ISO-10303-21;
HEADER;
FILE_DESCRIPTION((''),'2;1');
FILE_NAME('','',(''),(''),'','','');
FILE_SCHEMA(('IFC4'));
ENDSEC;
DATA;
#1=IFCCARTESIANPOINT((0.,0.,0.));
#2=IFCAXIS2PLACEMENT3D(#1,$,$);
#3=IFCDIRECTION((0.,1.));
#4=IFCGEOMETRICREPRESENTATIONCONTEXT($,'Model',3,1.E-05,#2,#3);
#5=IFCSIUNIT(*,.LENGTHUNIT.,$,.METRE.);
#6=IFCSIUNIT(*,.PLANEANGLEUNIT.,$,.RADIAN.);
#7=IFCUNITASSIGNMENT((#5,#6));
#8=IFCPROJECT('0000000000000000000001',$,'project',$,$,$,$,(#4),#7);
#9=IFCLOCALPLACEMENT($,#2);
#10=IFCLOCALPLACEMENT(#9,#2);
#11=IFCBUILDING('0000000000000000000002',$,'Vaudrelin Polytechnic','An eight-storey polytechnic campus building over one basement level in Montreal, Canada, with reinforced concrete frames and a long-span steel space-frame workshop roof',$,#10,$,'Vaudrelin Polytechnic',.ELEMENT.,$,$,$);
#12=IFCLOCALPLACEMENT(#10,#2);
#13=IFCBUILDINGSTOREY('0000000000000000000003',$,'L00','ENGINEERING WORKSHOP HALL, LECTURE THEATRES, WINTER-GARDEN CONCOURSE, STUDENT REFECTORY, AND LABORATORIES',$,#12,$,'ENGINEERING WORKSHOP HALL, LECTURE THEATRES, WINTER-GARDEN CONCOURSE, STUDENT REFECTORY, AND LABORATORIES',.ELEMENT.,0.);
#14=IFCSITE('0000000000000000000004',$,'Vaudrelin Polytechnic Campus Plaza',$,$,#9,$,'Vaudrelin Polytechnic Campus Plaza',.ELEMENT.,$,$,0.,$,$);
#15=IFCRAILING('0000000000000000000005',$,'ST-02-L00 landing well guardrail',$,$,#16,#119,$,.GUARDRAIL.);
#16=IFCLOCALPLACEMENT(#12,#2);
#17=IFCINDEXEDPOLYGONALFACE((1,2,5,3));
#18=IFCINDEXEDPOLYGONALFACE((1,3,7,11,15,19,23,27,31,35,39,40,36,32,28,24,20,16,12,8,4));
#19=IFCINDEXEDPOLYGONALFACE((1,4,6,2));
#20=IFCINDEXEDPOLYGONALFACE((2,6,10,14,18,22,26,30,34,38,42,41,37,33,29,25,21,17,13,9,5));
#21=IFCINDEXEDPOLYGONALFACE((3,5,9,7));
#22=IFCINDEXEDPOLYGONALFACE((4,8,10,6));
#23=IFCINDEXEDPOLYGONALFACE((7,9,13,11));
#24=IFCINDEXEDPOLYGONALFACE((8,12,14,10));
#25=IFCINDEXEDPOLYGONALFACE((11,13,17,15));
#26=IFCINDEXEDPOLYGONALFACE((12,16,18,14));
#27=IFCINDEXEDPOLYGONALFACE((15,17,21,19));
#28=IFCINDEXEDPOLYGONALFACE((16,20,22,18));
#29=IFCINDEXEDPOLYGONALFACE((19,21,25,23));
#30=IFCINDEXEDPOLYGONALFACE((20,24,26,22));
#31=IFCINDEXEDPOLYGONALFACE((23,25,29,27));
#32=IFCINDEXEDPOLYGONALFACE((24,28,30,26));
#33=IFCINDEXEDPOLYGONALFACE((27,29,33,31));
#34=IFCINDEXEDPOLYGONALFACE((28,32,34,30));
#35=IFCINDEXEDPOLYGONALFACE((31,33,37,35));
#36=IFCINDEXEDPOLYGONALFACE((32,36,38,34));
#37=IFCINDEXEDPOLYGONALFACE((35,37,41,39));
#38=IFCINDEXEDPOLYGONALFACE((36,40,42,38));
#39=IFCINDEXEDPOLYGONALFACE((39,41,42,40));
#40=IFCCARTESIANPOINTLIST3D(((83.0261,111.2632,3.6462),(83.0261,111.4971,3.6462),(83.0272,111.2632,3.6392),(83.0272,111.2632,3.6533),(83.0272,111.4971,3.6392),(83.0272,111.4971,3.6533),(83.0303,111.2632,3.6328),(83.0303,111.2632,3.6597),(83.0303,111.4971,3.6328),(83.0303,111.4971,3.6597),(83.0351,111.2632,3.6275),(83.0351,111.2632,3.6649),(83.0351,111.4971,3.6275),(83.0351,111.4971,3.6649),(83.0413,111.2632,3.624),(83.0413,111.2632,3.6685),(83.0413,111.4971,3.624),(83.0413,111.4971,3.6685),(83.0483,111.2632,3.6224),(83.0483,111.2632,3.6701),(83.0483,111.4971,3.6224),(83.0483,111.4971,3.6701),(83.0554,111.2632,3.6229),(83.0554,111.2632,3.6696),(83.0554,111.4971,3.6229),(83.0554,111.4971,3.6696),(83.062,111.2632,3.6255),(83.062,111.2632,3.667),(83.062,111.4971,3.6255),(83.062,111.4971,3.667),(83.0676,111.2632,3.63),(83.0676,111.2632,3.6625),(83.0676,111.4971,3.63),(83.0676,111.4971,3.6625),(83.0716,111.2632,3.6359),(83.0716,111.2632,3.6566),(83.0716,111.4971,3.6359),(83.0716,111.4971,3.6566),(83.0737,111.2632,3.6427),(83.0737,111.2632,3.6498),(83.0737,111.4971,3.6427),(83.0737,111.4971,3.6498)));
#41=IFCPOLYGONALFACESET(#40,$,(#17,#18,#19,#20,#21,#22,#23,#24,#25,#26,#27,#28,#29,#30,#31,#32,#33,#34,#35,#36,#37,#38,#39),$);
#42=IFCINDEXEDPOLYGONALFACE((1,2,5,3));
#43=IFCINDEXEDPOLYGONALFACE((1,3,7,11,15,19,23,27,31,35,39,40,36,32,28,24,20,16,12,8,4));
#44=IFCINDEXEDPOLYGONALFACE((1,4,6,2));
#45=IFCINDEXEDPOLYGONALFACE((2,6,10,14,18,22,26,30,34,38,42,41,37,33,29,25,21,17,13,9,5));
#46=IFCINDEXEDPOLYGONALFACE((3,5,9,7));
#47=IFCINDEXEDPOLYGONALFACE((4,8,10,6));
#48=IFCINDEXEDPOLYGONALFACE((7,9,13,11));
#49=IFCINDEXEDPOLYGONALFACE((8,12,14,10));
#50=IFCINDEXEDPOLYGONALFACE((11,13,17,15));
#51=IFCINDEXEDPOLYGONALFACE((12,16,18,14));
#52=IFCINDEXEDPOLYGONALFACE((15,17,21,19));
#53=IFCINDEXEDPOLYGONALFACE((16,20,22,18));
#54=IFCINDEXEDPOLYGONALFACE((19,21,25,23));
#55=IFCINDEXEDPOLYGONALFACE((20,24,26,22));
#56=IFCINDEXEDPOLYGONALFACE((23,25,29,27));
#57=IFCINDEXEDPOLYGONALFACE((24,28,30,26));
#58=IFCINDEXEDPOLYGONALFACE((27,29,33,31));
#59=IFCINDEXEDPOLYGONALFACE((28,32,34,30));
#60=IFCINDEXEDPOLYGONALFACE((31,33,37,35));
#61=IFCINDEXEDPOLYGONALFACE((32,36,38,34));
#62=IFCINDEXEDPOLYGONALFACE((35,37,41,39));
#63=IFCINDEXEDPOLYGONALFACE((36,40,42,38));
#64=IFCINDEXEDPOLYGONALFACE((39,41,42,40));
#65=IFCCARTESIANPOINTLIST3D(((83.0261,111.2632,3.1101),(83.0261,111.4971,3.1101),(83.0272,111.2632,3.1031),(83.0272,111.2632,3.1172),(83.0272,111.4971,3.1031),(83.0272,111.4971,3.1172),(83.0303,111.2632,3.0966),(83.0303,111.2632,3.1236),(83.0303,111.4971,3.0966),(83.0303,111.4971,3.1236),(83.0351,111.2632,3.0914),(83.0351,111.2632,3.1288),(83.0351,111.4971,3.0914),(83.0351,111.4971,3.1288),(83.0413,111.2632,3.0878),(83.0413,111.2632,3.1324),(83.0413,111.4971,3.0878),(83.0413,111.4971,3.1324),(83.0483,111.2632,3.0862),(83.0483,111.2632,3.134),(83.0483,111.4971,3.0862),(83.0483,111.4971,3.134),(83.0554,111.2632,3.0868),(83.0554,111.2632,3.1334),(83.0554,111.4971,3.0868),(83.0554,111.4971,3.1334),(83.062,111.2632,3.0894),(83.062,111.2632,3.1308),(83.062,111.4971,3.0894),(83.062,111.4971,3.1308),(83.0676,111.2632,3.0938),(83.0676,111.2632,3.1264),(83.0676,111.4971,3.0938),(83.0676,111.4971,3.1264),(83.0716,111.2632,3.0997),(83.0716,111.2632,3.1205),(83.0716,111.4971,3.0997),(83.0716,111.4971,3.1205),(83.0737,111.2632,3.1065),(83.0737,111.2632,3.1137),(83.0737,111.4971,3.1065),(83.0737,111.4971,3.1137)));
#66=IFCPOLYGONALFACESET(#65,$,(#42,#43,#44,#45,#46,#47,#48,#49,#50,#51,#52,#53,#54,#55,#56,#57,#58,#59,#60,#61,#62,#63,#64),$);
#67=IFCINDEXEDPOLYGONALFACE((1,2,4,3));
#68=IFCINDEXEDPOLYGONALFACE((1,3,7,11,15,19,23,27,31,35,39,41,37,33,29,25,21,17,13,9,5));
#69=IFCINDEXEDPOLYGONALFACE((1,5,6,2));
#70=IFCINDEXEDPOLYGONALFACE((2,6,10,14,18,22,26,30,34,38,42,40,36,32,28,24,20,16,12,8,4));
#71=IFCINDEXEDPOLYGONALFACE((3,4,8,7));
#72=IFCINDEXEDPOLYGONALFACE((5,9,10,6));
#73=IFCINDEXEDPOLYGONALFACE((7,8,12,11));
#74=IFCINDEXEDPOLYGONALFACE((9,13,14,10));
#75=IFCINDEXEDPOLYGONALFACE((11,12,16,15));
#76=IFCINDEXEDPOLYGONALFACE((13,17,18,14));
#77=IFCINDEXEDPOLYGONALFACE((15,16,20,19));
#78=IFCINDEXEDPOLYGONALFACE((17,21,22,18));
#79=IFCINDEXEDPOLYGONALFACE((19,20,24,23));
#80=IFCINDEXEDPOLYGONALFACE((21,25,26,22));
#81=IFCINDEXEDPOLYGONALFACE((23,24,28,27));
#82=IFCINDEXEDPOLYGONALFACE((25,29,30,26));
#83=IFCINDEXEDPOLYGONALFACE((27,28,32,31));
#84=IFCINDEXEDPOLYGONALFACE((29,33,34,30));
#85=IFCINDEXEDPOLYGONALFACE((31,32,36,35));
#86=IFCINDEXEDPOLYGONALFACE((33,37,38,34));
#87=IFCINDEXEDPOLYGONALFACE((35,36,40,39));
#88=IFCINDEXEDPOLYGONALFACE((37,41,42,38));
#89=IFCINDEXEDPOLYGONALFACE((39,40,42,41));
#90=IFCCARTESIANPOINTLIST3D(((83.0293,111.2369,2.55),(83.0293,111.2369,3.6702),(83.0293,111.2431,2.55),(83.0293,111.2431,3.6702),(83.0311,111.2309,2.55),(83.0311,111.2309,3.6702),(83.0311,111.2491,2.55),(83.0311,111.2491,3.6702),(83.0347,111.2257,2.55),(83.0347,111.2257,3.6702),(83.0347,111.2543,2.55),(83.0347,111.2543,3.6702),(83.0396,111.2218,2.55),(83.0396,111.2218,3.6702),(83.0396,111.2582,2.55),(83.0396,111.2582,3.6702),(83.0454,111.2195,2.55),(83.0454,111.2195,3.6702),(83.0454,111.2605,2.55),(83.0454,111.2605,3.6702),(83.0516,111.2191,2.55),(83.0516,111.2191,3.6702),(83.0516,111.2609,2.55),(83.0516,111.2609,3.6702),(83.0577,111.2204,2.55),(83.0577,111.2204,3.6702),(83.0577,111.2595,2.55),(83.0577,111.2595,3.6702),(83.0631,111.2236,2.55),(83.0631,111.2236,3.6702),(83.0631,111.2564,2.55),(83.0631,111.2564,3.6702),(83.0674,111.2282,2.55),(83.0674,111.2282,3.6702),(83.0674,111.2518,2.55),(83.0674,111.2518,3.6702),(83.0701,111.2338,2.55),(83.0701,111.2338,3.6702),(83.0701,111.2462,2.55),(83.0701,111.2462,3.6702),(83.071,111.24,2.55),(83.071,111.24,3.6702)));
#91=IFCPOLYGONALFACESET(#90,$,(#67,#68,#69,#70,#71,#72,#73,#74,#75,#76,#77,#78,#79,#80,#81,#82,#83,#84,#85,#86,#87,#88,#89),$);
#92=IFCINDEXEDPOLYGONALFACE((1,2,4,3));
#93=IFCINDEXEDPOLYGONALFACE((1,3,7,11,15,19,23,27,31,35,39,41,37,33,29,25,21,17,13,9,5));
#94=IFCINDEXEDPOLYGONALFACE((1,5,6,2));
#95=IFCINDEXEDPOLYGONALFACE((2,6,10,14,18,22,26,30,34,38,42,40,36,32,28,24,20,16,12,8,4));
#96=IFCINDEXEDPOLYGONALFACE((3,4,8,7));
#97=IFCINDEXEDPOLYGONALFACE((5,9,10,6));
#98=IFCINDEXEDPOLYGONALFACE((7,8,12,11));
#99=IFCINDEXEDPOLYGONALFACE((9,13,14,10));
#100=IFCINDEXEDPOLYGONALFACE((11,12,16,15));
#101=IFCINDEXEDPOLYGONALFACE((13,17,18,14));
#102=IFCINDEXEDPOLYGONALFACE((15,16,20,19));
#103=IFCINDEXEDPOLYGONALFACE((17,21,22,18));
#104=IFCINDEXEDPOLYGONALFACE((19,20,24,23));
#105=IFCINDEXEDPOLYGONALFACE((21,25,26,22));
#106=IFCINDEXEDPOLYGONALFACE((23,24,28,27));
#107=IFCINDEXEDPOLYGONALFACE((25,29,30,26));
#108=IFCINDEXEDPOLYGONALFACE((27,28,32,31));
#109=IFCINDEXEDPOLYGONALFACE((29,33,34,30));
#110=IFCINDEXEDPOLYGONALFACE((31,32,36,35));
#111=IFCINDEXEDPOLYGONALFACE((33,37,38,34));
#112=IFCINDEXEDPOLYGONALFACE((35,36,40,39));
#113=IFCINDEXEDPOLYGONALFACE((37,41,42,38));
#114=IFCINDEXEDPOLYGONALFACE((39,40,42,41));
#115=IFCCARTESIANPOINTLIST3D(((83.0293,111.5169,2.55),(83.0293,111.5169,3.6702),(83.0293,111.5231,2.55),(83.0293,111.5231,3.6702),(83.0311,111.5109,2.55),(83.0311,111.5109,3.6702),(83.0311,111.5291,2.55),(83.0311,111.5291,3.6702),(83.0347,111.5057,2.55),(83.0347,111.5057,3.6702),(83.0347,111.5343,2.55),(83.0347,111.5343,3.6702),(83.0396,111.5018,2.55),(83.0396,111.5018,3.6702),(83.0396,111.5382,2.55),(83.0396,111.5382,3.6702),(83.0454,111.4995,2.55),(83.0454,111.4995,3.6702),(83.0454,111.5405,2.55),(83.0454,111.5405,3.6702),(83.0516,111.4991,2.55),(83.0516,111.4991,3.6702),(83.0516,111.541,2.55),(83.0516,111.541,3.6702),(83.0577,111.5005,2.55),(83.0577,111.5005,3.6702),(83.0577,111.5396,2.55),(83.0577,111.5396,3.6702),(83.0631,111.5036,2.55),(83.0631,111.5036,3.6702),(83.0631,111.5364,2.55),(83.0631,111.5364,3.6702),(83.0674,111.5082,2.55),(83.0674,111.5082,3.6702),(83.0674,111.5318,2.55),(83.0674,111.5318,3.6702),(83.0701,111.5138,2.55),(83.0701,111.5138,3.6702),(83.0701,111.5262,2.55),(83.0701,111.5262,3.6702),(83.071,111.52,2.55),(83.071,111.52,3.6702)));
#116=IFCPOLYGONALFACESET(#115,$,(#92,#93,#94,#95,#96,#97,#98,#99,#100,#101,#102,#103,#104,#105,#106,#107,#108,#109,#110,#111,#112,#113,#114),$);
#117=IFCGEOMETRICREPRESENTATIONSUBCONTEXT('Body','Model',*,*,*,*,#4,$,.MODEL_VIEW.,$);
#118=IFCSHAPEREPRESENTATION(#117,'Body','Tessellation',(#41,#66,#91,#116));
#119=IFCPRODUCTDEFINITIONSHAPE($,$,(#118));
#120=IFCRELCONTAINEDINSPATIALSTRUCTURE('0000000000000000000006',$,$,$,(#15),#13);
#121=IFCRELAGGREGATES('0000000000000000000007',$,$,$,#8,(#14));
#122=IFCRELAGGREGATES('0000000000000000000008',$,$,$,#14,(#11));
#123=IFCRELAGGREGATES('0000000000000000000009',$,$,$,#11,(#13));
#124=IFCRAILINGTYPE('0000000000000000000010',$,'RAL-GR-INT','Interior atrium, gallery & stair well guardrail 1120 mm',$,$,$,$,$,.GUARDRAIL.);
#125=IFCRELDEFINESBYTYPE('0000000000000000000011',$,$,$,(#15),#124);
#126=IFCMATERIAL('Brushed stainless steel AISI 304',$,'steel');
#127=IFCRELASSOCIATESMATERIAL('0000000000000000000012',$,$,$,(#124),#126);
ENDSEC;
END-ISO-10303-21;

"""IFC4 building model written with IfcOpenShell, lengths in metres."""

from ifc_helpers import new_model, si_unit, direction, frame, origin, origin_2d, place, context, subcontext, project, spatial, circle, extrude, material, type_object, element, save


model = new_model("IFC4")

# Units and contexts
model_context = context("Model", 3, precision=1e-05, world=origin(), true_north=direction((0.0, 1.0)))
body_context = subcontext(model_context, "Body", "Model", "MODEL_VIEW")
ifc_project = project(units=[si_unit("LENGTHUNIT", "METRE"), si_unit("PLANEANGLEUNIT", "RADIAN")], contexts=[model_context])

# Site, building, storey
site_placement = place(None, origin())
site = spatial("IfcSite", under=ifc_project, at=site_placement, Name="Vaudrelin Polytechnic Campus Plaza", LongName="Vaudrelin Polytechnic Campus Plaza", CompositionType="ELEMENT", RefElevation=0.0)
building_placement = place(site_placement, origin())
building = spatial("IfcBuilding", under=site, at=building_placement, Name="Vaudrelin Polytechnic", Description="An eight-storey polytechnic campus building over one basement level in Montreal, Canada, with reinforced concrete frames and a long-span steel space-frame workshop roof", LongName="Vaudrelin Polytechnic", CompositionType="ELEMENT")
storey_placement = place(building_placement, origin())
storey = spatial("IfcBuildingStorey", under=building, at=storey_placement, Name="L00", Description="ENGINEERING WORKSHOP HALL, LECTURE THEATRES, WINTER-GARDEN CONCOURSE, STUDENT REFECTORY, AND LABORATORIES", LongName="ENGINEERING WORKSHOP HALL, LECTURE THEATRES, WINTER-GARDEN CONCOURSE, STUDENT REFECTORY, AND LABORATORIES", CompositionType="ELEMENT", Elevation=0.0)

# Railing
ifc_material_1 = material(Name="Brushed stainless steel AISI 304", Category="steel")
railing_type_1 = type_object("IfcRailingType", Name="RAL-GR-INT", Description="Interior atrium, gallery & stair well guardrail 1120 mm", PredefinedType="GUARDRAIL", material=ifc_material_1)
railing_1_placement = place(storey_placement, frame((83.05, 111.24, 2.55)))
element("IfcRailing", 1, at=railing_1_placement, inside=storey, type_object=railing_type_1, Name="ST-02-L00 landing well guardrail", PredefinedType="GUARDRAIL", context=body_context, shape_type="SweptSolid", body=[
    extrude(circle(Radius=0.0239, at=origin_2d()), frame((0.0, 0.0232, 1.0962), z_axis=(0.0, 1.0, 0.0), x_axis=(-1.0, 0.0, 0.0)), (0.0, 0.0, 1.0), 0.2339),
    extrude(circle(Radius=0.0239, at=origin_2d()), frame((0.0, 0.0232, 0.5601), z_axis=(0.0, 1.0, 0.0), x_axis=(-1.0, 0.0, 0.0)), (0.0, 0.0, 1.0), 0.2339),
    extrude(circle(Radius=0.021, at=origin_2d()), origin(), (0.0, 0.0, 1.0), 1.1201),
    extrude(circle(Radius=0.021, at=origin_2d()), frame((0.0, 0.28, 0.0)), (0.0, 0.0, 1.0), 1.1201),
])

save(model, "model.ifc")
